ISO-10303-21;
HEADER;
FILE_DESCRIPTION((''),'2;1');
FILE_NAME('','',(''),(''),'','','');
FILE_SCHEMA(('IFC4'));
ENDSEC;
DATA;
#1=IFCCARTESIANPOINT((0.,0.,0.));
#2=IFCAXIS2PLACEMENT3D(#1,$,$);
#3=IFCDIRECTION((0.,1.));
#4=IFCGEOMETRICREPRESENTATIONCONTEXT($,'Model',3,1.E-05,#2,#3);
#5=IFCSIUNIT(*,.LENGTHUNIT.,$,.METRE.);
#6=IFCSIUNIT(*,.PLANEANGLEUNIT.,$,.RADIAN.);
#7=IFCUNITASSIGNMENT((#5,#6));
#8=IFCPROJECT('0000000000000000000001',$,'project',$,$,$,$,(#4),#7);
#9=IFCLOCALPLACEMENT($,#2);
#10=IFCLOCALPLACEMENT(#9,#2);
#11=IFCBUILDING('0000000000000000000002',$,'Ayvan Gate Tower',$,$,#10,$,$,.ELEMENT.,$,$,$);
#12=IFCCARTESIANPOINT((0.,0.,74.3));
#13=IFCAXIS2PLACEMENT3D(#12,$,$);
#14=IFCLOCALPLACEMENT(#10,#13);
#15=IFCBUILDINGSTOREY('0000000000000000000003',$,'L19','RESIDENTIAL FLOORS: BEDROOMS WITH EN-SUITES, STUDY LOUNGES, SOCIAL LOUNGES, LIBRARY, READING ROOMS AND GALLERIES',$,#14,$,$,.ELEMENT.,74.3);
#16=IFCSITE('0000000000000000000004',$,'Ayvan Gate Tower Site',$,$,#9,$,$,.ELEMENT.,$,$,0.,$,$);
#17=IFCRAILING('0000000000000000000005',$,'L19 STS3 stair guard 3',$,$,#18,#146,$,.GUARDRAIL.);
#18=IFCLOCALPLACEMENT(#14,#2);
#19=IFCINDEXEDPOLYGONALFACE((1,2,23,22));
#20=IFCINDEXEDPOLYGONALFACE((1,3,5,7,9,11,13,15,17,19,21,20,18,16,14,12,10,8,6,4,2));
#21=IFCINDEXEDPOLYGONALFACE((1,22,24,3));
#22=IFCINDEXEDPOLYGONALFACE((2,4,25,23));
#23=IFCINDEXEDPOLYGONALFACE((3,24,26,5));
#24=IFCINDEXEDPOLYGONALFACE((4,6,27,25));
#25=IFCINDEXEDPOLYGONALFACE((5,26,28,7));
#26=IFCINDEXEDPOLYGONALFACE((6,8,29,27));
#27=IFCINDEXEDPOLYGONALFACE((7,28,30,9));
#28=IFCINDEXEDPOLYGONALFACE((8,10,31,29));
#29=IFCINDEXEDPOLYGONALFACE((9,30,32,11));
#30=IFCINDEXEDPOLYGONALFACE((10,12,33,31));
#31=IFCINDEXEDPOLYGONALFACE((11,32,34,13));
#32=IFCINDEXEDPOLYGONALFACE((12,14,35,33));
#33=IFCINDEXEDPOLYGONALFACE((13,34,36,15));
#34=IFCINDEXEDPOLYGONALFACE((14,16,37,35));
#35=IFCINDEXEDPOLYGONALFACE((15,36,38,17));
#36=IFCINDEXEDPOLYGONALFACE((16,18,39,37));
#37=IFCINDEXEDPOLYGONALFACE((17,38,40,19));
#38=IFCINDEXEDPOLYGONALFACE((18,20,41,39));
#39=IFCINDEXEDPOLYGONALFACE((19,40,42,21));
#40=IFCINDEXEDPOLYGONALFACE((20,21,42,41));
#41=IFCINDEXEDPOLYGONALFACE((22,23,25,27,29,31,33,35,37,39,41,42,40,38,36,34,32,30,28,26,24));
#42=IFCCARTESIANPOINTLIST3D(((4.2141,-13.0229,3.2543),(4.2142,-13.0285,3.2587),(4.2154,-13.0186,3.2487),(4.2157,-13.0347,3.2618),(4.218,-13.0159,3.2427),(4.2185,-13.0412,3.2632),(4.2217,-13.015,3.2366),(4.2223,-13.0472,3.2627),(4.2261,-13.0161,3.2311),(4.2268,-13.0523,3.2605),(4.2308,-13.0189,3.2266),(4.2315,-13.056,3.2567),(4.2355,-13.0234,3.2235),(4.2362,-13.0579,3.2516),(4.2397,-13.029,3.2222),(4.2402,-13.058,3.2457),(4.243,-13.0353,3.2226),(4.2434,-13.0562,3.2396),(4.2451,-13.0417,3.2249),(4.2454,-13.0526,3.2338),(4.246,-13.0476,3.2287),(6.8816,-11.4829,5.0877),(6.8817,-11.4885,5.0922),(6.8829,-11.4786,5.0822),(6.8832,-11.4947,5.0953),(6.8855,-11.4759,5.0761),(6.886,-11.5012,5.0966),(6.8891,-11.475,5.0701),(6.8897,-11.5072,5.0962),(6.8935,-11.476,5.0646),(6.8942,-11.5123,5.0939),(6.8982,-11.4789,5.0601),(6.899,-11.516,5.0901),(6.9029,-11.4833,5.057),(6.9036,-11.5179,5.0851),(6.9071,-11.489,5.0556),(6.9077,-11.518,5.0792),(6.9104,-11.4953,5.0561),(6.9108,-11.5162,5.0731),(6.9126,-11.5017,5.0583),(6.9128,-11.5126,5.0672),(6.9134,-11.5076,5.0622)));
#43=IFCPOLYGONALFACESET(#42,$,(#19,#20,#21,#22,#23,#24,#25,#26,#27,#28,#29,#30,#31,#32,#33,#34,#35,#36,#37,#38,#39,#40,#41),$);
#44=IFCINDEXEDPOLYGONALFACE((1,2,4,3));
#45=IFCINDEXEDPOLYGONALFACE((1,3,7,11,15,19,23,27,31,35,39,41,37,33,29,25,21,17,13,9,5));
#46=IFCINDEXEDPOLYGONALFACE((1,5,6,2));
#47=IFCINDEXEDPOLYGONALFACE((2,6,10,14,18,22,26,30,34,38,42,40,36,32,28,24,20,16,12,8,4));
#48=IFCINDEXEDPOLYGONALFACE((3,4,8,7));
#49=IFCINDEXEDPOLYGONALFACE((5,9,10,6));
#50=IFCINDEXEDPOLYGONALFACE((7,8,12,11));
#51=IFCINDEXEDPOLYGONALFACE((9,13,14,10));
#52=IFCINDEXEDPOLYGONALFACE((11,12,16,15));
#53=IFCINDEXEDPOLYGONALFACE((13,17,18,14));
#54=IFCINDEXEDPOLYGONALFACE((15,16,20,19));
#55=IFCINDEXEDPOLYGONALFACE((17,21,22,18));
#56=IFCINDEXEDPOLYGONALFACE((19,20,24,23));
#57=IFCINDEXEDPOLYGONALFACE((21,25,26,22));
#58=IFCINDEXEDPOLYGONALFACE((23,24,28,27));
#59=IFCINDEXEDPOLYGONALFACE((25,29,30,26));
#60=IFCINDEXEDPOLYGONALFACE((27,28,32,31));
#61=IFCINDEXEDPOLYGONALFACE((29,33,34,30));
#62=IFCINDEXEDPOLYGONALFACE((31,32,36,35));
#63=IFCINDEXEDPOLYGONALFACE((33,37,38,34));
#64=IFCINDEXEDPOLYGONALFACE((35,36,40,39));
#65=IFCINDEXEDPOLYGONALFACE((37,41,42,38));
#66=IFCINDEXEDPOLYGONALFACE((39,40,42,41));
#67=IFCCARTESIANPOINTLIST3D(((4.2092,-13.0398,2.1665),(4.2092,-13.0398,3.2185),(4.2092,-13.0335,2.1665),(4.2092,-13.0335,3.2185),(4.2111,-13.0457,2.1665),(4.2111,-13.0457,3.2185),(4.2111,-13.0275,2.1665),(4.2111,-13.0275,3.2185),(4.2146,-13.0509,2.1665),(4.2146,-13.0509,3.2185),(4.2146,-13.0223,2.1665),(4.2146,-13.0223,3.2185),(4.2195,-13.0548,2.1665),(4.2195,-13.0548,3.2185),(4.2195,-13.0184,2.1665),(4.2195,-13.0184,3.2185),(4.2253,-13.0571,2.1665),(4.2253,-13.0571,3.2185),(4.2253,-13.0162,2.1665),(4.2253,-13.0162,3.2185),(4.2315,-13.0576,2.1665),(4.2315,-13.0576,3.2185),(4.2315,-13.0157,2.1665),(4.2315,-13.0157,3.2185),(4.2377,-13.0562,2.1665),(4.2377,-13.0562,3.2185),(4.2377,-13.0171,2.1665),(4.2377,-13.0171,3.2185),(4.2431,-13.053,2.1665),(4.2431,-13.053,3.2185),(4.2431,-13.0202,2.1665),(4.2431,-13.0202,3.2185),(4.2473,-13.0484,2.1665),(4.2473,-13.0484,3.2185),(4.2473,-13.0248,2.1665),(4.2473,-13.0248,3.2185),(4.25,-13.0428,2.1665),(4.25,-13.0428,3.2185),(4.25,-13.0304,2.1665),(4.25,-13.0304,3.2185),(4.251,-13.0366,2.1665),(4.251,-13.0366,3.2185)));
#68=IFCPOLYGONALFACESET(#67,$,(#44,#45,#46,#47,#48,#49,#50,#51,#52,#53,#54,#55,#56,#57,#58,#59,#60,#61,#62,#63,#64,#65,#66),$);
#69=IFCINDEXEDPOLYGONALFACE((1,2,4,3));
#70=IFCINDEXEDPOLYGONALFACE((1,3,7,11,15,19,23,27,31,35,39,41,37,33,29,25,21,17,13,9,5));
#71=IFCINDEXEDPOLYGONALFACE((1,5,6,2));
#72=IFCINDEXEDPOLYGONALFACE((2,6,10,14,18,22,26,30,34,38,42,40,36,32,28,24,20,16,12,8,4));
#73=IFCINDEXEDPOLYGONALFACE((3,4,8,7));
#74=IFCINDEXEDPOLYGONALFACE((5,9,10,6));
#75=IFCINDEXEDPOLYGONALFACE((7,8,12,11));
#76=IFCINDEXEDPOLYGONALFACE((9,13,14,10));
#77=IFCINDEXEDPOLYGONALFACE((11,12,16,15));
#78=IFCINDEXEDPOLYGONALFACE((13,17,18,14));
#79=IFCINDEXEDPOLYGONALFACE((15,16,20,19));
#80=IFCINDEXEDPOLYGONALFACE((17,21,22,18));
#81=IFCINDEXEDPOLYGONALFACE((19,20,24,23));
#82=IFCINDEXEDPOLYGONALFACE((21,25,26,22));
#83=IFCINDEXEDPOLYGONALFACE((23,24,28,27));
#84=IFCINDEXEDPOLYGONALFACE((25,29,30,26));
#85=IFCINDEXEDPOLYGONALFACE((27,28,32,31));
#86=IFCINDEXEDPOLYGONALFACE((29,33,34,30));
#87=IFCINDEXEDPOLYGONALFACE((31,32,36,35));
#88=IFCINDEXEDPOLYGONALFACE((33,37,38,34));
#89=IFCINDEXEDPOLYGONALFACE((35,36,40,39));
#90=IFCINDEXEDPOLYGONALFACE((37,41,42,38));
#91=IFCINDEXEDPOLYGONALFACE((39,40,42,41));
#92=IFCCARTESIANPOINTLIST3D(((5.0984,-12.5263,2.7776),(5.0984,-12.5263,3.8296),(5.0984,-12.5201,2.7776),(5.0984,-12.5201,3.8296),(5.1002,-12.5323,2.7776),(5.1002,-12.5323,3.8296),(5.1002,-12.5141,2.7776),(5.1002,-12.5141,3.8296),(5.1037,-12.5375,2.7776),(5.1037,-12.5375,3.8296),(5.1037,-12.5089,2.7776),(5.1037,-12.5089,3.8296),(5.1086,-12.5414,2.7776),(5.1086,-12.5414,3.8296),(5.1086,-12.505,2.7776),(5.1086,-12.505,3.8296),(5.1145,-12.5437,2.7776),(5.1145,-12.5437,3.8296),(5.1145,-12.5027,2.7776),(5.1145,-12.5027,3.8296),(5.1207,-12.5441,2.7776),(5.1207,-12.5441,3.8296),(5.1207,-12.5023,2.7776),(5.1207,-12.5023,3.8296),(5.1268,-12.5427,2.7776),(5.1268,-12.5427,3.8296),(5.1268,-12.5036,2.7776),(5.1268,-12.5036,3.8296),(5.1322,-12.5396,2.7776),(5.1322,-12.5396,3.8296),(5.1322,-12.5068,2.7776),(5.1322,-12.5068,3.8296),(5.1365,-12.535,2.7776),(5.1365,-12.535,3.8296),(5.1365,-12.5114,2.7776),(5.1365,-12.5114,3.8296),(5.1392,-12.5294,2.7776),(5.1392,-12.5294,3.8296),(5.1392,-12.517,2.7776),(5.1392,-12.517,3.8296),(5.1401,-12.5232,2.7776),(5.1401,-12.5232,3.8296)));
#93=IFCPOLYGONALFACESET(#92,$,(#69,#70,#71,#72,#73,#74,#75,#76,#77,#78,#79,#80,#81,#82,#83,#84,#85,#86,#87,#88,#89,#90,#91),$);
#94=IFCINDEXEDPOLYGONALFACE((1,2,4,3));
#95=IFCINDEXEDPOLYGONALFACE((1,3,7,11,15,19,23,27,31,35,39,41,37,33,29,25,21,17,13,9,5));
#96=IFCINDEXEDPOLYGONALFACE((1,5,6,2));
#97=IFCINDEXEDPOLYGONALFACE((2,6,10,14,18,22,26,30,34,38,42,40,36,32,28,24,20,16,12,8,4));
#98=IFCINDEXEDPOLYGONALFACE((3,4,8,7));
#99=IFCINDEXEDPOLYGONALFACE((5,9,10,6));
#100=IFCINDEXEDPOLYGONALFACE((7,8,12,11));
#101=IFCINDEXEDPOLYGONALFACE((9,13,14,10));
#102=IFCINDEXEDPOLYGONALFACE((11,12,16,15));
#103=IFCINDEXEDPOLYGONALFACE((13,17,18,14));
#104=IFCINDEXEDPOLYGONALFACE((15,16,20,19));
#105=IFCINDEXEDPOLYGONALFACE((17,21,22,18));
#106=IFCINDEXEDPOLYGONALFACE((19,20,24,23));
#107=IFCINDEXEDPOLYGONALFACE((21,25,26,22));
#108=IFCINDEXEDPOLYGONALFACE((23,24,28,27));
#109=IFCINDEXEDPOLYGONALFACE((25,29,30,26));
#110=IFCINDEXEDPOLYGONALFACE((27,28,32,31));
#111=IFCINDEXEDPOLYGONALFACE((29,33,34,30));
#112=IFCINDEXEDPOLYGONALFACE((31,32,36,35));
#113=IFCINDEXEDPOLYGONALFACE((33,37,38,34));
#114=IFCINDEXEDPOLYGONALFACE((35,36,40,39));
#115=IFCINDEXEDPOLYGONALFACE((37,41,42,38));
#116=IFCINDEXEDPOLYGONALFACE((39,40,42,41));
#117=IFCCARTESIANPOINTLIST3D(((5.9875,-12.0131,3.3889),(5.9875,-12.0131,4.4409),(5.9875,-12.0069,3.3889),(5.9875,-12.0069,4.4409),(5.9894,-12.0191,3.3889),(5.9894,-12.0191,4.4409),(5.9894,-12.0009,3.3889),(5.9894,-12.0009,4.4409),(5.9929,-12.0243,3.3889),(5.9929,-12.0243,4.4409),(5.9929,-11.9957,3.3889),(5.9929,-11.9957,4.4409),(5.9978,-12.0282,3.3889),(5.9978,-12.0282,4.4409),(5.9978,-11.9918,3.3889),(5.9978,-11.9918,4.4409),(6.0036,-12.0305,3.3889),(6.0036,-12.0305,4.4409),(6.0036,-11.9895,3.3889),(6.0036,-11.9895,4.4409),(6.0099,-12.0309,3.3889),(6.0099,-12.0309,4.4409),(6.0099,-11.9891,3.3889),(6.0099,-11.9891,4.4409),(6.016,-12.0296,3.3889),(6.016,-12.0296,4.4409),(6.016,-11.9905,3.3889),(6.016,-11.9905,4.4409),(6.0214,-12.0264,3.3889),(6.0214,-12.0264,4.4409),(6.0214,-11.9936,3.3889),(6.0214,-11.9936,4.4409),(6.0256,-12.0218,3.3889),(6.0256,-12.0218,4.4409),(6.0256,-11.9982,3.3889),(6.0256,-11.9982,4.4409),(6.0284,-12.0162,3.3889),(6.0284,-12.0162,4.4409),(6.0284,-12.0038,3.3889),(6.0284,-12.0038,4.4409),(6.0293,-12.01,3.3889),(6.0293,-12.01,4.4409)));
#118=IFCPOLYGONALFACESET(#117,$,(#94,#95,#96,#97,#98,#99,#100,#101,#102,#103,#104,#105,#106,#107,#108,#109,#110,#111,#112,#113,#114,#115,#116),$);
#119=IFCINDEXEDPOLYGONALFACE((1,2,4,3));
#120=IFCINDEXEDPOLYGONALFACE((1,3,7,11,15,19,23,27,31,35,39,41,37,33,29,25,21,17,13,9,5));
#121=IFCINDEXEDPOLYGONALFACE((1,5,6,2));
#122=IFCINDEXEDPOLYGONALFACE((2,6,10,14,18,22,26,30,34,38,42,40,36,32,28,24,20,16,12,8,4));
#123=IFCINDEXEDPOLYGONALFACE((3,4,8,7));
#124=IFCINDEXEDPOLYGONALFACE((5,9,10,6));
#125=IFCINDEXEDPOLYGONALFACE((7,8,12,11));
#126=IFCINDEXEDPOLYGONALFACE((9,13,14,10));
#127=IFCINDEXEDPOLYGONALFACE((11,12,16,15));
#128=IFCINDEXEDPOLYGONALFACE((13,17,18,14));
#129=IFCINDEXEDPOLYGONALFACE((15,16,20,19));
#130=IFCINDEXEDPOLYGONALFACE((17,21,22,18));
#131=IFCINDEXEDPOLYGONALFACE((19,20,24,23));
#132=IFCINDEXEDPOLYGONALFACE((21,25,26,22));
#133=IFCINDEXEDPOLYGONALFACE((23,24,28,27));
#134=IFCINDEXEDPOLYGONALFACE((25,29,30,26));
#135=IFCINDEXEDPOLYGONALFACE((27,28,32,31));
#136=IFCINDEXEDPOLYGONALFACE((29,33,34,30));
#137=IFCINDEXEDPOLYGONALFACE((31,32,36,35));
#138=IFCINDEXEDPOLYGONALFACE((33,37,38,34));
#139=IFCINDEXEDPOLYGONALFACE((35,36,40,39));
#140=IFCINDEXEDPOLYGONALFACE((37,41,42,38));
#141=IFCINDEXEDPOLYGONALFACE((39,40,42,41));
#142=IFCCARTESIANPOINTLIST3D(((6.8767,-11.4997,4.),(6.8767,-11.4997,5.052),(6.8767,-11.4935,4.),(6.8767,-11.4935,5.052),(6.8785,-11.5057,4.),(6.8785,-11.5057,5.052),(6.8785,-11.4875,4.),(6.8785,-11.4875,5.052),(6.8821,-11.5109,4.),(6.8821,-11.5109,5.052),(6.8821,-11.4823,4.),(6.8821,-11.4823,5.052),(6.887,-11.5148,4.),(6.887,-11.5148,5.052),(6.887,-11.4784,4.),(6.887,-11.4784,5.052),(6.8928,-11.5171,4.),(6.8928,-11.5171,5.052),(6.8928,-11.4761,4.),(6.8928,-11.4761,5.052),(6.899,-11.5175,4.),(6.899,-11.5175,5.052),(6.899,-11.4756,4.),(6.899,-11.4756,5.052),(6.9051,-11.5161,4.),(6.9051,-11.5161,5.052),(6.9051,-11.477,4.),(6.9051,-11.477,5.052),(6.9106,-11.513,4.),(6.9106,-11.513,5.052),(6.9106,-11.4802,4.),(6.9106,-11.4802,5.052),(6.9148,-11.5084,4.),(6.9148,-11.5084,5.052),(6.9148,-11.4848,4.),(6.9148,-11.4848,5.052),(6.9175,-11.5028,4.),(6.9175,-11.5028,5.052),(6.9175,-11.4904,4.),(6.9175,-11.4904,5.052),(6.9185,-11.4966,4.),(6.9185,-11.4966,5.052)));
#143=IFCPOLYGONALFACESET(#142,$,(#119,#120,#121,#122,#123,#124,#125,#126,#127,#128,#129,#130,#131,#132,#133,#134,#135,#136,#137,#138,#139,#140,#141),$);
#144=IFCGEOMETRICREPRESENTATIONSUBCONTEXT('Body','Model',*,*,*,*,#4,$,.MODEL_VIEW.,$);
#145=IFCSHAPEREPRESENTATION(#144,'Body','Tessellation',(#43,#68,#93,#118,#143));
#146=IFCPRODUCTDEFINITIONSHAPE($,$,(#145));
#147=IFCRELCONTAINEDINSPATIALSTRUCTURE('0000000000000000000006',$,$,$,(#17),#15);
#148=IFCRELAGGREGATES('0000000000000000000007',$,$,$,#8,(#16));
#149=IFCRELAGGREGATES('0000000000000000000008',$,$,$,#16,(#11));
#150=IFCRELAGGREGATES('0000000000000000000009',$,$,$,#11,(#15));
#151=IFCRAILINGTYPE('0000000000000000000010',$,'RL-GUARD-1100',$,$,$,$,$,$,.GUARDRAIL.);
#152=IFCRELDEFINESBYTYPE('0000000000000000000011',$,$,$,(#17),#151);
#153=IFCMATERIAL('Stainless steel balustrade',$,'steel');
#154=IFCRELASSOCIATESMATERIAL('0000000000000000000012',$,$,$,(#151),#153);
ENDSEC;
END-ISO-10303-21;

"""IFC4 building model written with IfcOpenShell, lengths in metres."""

from ifc_helpers import new_model, si_unit, direction, frame, origin, origin_2d, place, context, subcontext, project, spatial, circle, extrude, material, type_object, element, save


model = new_model("IFC4")

# Units and contexts
model_context = context("Model", 3, precision=1e-05, world=origin(), true_north=direction((0.0, 1.0)))
body_context = subcontext(model_context, "Body", "Model", "MODEL_VIEW")
ifc_project = project(units=[si_unit("LENGTHUNIT", "METRE"), si_unit("PLANEANGLEUNIT", "RADIAN")], contexts=[model_context])

# Site, building, storey
site_placement = place(None, origin())
site = spatial("IfcSite", under=ifc_project, at=site_placement, Name="Ayvan Gate Tower Site", CompositionType="ELEMENT", RefElevation=0.0)
building_placement = place(site_placement, origin())
building = spatial("IfcBuilding", under=site, at=building_placement, Name="Ayvan Gate Tower", CompositionType="ELEMENT")
storey_placement = place(building_placement, frame((0.0, 0.0, 74.3)))
storey = spatial("IfcBuildingStorey", under=building, at=storey_placement, Name="L19", Description="RESIDENTIAL FLOORS: BEDROOMS WITH EN-SUITES, STUDY LOUNGES, SOCIAL LOUNGES, LIBRARY, READING ROOMS AND GALLERIES", CompositionType="ELEMENT", Elevation=74.3)

# Railing
ifc_material_1 = material(Name="Stainless steel balustrade", Category="steel")
railing_type_1 = type_object("IfcRailingType", Name="RL-GUARD-1100", PredefinedType="GUARDRAIL", material=ifc_material_1)
railing_1_placement = place(storey_placement, frame((4.23, -13.0366, 2.1665)))
element("IfcRailing", 1, at=railing_1_placement, inside=storey, type_object=railing_type_1, Name="L19 STS3 stair guard 3", PredefinedType="GUARDRAIL", context=body_context, shape_type="SweptSolid", body=[
    extrude(circle(Radius=0.0239, at=origin_2d()), frame((0.0, 0.0, 1.0762), z_axis=(0.744164, 0.429634, 0.511502), x_axis=(-0.499992, 0.86603, 0.0)), (0.0, 0.0, 1.0), 3.5845),
    extrude(circle(Radius=0.021, at=origin_2d()), origin(), (0.0, 0.0, 1.0), 1.052),
    extrude(circle(Radius=0.021, at=origin_2d()), frame((0.8892, 0.5134, 0.6111)), (0.0, 0.0, 1.0), 1.052),
    extrude(circle(Radius=0.021, at=origin_2d()), frame((1.7783, 1.0266, 1.2224)), (0.0, 0.0, 1.0), 1.052),
    extrude(circle(Radius=0.021, at=origin_2d()), frame((2.6675, 1.54, 1.8335)), (0.0, 0.0, 1.0), 1.052),
])

save(model, "model.ifc")
